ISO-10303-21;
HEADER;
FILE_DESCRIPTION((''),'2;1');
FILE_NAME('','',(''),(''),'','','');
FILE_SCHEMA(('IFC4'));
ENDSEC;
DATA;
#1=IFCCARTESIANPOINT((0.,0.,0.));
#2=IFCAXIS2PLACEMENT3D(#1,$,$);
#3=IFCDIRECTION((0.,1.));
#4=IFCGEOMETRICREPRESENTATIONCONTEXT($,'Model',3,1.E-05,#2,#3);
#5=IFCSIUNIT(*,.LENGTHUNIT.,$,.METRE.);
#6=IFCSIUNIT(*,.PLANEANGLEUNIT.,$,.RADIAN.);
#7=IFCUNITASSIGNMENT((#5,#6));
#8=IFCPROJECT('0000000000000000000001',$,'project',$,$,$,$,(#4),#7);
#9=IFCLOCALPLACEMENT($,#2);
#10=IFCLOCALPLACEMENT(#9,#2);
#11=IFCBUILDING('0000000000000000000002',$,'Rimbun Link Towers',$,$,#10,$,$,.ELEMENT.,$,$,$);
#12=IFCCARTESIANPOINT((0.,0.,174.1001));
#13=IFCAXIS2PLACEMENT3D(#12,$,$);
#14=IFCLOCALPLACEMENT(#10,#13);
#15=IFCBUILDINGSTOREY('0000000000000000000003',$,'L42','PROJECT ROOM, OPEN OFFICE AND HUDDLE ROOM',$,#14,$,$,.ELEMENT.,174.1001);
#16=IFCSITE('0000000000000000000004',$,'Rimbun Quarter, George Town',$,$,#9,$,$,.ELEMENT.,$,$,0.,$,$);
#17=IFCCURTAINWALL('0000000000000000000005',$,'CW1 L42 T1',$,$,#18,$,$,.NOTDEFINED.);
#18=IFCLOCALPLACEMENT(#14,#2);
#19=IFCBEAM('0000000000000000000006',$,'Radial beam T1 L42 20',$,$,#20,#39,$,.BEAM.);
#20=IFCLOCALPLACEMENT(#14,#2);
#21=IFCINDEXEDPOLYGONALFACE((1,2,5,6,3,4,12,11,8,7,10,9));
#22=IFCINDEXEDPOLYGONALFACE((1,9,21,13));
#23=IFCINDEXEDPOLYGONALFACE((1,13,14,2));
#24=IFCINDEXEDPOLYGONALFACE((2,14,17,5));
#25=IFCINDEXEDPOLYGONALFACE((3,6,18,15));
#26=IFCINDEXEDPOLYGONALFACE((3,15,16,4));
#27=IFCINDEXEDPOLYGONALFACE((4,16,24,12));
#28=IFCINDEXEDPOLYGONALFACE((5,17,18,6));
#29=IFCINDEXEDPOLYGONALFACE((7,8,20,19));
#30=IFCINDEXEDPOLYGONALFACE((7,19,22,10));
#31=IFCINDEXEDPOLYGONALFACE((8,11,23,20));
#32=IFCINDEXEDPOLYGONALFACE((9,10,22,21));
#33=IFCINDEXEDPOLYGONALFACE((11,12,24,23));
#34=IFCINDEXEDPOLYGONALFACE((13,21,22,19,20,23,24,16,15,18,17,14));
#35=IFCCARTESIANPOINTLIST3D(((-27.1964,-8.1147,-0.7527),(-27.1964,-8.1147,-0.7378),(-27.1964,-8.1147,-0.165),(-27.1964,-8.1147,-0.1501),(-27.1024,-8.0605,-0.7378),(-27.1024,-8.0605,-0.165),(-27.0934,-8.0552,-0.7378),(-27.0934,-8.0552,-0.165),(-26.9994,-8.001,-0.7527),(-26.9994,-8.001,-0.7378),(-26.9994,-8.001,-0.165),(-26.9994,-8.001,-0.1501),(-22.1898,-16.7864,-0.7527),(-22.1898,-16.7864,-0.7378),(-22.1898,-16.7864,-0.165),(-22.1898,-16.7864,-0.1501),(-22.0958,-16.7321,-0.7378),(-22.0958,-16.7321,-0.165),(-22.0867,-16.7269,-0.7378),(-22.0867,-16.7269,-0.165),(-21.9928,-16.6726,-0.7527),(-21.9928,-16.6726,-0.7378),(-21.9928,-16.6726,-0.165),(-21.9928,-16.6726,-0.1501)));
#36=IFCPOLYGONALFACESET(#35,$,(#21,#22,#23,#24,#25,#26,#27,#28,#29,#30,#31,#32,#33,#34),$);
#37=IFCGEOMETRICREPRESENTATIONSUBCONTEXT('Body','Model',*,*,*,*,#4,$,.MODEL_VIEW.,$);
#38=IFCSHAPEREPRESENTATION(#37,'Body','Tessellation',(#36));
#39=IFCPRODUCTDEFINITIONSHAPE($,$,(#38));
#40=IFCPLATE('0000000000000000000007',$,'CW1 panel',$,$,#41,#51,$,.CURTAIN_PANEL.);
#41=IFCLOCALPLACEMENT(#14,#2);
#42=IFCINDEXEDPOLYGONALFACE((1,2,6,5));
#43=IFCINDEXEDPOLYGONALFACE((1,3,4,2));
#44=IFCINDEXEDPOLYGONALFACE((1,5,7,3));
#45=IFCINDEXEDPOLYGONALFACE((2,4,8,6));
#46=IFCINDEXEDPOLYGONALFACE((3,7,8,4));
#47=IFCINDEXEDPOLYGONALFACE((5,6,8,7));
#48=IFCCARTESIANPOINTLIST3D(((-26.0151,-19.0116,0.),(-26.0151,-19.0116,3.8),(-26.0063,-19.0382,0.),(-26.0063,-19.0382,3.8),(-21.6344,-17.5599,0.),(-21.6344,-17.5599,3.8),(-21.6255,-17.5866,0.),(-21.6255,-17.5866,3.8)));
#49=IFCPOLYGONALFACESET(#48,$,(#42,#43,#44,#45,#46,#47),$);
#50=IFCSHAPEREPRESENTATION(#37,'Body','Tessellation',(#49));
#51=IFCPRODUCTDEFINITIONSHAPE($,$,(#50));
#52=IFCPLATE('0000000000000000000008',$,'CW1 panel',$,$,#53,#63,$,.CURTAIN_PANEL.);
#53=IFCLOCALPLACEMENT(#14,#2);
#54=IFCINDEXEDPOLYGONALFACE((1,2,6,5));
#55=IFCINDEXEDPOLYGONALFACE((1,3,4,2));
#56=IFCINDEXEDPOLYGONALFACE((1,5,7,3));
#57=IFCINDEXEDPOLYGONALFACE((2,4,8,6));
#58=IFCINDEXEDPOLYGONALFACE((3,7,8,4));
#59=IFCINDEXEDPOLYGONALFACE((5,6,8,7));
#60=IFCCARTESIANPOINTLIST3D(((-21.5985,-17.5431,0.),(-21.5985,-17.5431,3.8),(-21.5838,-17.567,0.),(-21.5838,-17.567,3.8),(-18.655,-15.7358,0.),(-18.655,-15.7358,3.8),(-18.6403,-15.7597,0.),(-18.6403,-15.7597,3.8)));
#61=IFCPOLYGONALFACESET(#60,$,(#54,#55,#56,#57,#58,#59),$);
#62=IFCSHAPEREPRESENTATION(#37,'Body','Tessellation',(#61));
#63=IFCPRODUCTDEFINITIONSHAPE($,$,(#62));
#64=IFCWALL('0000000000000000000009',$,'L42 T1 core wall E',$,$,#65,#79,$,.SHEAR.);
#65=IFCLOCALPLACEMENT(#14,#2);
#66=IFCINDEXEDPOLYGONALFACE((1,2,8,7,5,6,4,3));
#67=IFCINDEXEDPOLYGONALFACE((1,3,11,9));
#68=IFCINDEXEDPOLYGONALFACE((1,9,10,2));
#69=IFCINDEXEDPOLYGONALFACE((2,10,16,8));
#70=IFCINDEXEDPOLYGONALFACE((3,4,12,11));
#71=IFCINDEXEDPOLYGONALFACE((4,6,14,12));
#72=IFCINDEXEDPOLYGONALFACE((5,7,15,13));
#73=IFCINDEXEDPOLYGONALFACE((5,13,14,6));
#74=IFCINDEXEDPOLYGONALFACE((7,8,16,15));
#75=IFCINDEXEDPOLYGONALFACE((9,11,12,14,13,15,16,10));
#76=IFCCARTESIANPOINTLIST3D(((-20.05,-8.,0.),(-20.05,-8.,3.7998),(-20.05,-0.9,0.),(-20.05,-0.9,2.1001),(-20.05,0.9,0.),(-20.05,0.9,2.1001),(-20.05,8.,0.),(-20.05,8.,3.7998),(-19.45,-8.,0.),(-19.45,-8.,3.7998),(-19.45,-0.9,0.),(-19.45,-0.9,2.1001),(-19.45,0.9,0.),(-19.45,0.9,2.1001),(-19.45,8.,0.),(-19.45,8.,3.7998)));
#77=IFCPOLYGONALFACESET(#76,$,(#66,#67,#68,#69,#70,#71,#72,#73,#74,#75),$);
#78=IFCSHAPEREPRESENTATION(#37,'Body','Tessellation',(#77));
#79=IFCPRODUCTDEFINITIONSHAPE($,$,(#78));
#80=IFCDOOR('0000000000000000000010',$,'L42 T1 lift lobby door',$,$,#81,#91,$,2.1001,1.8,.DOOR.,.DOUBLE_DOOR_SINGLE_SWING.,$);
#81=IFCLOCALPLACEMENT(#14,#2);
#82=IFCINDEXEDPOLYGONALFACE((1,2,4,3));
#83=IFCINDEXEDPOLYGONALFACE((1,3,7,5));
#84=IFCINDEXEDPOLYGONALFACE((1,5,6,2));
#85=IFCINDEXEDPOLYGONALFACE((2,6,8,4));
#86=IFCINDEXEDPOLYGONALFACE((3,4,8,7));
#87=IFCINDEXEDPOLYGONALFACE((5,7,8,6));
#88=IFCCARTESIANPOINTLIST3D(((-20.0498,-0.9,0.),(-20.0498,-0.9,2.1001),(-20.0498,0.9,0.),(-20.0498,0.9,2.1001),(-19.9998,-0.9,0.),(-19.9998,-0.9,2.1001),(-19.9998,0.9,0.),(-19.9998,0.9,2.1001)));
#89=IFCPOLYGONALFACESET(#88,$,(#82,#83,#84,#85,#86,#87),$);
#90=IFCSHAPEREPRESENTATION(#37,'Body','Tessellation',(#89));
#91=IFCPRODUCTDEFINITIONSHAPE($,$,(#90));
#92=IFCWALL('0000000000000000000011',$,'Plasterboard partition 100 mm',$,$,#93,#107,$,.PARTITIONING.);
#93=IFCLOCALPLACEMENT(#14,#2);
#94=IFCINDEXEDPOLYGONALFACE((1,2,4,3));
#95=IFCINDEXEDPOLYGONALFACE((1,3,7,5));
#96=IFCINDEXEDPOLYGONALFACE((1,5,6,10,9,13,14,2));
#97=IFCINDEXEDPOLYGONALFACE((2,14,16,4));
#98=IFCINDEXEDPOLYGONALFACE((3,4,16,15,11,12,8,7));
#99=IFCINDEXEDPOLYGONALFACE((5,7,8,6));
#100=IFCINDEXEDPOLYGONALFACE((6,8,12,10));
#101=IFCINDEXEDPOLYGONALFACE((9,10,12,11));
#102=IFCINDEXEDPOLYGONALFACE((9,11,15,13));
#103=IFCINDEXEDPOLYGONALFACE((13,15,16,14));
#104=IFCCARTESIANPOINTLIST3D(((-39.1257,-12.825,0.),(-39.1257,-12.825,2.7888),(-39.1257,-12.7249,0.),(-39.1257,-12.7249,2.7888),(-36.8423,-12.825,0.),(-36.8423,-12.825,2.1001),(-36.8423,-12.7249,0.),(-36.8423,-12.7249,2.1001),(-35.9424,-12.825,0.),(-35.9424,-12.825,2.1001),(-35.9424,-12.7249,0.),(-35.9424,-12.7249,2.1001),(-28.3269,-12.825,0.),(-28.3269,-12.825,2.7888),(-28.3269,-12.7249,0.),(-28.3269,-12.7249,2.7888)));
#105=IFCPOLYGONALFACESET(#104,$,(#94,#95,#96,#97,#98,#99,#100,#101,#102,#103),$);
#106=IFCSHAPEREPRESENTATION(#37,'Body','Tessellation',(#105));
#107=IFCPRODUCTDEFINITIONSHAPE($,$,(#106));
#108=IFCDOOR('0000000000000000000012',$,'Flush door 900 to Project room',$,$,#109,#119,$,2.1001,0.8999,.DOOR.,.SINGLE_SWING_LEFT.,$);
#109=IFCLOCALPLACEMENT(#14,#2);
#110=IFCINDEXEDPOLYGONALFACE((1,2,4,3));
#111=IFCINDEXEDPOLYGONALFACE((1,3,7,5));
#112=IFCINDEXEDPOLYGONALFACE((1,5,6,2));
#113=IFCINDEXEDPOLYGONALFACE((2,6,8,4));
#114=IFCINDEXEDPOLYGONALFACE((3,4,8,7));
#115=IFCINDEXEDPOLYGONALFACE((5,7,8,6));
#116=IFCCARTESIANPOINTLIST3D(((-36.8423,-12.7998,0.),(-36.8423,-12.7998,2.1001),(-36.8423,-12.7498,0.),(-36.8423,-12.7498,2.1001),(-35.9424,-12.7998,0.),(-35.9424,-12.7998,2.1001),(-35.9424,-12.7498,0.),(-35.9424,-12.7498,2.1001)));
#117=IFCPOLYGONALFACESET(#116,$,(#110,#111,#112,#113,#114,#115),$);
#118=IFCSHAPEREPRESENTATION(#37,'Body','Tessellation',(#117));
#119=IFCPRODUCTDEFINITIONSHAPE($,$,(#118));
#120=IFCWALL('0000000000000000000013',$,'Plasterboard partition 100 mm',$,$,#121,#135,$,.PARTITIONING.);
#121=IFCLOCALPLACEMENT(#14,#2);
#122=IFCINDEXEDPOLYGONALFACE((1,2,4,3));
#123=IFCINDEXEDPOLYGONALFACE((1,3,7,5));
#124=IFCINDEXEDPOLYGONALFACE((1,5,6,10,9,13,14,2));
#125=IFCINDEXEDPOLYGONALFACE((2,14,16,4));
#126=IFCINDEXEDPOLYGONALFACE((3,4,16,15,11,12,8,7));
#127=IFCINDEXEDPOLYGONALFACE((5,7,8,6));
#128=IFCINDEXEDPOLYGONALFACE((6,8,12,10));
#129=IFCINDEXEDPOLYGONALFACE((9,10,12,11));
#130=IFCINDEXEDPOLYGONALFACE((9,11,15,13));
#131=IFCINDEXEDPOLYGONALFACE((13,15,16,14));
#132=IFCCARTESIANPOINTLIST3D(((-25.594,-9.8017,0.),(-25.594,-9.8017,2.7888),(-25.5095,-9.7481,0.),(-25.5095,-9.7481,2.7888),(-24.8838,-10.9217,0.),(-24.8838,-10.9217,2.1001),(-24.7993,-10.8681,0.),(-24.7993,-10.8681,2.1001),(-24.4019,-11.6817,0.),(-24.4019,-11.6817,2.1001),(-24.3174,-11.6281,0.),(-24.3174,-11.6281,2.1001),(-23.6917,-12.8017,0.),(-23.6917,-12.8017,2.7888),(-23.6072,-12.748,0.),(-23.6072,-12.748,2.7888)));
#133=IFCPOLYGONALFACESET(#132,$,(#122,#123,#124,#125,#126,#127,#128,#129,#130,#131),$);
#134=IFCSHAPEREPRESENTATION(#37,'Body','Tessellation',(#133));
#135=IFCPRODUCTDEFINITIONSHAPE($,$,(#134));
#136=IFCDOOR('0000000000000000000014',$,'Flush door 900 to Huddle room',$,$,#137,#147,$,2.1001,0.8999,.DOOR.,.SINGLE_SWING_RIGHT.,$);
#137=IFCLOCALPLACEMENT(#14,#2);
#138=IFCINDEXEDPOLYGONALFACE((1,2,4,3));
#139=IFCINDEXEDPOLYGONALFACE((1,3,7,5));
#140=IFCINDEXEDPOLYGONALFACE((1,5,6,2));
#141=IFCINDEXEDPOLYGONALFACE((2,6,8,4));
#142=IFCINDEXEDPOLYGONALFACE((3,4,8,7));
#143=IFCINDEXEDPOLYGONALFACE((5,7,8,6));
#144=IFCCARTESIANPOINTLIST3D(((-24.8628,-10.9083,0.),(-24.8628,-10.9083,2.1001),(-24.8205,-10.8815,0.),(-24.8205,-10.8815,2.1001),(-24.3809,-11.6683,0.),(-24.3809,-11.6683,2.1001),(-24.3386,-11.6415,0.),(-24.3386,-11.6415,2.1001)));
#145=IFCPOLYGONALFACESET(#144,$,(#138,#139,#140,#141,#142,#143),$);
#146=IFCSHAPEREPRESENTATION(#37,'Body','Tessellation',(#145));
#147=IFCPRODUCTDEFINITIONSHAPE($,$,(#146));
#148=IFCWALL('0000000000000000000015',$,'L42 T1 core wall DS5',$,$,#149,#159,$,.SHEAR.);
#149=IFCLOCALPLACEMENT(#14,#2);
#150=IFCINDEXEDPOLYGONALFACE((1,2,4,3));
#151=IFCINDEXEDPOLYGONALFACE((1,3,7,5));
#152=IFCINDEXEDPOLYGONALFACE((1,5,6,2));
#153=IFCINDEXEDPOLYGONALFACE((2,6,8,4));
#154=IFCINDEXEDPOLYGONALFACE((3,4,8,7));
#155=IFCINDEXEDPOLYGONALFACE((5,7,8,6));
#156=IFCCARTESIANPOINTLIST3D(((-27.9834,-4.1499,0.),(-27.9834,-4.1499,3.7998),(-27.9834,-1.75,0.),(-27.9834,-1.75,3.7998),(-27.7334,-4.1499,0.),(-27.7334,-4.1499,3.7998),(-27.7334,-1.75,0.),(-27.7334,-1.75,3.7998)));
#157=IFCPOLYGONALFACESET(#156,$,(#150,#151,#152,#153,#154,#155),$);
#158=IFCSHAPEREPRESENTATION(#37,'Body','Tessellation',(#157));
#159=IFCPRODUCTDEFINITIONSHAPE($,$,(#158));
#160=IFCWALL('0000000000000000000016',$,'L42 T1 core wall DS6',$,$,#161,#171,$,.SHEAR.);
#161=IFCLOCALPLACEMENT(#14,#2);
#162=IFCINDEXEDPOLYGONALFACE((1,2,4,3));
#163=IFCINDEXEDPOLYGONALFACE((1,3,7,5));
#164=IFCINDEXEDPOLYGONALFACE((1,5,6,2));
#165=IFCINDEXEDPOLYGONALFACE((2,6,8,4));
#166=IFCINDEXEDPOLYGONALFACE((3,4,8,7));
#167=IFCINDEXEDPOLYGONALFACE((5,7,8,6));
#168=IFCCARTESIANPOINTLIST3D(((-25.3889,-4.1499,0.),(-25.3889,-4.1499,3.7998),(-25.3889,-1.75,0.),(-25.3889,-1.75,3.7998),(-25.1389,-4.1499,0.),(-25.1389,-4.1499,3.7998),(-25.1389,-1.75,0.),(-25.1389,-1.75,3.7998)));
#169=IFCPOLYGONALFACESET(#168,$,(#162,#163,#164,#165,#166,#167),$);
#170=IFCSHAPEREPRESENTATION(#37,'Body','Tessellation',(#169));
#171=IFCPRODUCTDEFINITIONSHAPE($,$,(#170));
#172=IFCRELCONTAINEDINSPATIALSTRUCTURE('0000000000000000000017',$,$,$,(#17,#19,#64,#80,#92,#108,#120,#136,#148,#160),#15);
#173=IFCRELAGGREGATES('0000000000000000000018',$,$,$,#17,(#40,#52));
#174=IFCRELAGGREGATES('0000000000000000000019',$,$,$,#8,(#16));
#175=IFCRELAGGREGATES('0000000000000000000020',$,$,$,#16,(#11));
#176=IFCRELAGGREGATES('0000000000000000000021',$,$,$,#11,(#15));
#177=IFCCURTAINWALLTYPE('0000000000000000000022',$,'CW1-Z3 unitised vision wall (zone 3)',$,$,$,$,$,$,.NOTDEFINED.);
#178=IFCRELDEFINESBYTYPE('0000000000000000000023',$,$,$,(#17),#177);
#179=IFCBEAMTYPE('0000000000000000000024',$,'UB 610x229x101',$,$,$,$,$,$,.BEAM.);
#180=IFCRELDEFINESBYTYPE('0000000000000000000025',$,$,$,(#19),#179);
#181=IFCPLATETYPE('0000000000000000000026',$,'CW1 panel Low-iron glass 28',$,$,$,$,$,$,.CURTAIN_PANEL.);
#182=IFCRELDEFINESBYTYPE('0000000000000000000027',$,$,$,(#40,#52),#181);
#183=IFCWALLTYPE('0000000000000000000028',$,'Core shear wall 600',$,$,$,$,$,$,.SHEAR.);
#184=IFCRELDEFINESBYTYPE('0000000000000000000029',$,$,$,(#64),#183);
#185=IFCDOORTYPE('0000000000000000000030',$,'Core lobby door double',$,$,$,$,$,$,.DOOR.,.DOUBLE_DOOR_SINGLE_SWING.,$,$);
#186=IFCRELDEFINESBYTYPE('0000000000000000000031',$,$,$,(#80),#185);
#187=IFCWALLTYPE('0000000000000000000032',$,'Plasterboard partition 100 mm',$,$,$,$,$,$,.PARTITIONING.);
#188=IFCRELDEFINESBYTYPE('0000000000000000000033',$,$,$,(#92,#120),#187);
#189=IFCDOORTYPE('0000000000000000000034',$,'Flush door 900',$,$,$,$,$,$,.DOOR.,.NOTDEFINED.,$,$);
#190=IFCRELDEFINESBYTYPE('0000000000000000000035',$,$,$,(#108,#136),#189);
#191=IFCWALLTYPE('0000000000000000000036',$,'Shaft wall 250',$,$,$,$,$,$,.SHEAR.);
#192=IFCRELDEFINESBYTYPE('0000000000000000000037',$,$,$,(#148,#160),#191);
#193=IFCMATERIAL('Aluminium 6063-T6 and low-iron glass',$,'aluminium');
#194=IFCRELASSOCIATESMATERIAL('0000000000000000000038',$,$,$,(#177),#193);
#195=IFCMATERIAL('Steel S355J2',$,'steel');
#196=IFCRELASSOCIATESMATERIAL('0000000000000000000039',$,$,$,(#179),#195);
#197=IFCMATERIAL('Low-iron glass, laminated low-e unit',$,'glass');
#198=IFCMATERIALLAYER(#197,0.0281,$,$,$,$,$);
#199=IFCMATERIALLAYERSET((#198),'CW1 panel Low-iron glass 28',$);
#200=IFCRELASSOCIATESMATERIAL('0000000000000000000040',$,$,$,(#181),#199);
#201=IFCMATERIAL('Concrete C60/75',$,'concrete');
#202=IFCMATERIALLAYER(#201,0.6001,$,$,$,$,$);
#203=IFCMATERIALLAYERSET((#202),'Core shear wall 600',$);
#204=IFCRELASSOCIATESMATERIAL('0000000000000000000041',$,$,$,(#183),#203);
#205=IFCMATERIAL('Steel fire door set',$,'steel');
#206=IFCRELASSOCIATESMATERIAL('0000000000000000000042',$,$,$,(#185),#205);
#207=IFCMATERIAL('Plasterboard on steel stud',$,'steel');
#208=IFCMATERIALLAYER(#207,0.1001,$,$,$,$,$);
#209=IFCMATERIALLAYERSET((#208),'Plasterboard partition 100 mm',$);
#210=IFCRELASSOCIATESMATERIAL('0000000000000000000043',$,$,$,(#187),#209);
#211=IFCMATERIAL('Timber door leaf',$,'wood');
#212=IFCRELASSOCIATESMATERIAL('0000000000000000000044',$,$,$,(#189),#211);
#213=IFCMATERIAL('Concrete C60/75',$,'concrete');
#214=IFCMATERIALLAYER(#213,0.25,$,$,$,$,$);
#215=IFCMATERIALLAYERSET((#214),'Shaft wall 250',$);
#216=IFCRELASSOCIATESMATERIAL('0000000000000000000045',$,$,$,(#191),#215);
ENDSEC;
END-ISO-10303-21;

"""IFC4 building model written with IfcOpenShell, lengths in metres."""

from ifc_helpers import new_model, si_unit, direction, frame, frame_2d, origin, origin_2d, place, context, subcontext, project, spatial, rectangle, i_section, extrude, material, layer, layer_set, material_profile, profile_set, type_object, element, fill, aggregate, save


model = new_model("IFC4")

# Units and contexts
model_context = context("Model", 3, precision=1e-05, world=origin(), true_north=direction((0.0, 1.0)))
body_context = subcontext(model_context, "Body", "Model", "MODEL_VIEW")
ifc_project = project(units=[si_unit("LENGTHUNIT", "METRE"), si_unit("PLANEANGLEUNIT", "RADIAN")], contexts=[model_context])

# Site, building, storey
site_placement = place(None, origin())
site = spatial("IfcSite", under=ifc_project, at=site_placement, Name="Rimbun Quarter, George Town", CompositionType="ELEMENT", RefElevation=0.0)
building_placement = place(site_placement, origin())
building = spatial("IfcBuilding", under=site, at=building_placement, Name="Rimbun Link Towers", CompositionType="ELEMENT")
storey_placement = place(building_placement, frame((0.0, 0.0, 174.1001)))
storey = spatial("IfcBuildingStorey", under=building, at=storey_placement, Name="L42", Description="PROJECT ROOM, OPEN OFFICE AND HUDDLE ROOM", CompositionType="ELEMENT", Elevation=174.1001)

# Curtain wall
ifc_material_1 = material(Name="Aluminium 6063-T6 and low-iron glass", Category="aluminium")
curtain_wall_type = type_object("IfcCurtainWallType", Name="CW1-Z3 unitised vision wall (zone 3)", PredefinedType="NOTDEFINED", material=ifc_material_1)
curtain_wall_placement = place(storey_placement, origin())
curtain_wall = element("IfcCurtainWall", 1, at=curtain_wall_placement, inside=storey, type_object=curtain_wall_type, Name="CW1 L42 T1", PredefinedType="NOTDEFINED")

# Beam
ifc_material_2 = material(Name="Steel S355J2", Category="steel")
ifc_material_profile_1 = material_profile(ifc_material_2, i_section(OverallWidth=0.2275, OverallDepth=0.6025, WebThickness=0.0105, FlangeThickness=0.0149, at=origin_2d()), Name="UB 610x229x101")
ifc_profile_set_1 = profile_set([ifc_material_profile_1], Name="Steel S355J2")
beam_type_1 = type_object("IfcBeamType", Name="UB 610x229x101", PredefinedType="BEAM", material=ifc_profile_set_1)
beam_1_placement = place(storey_placement, frame((-27.0979, -8.0579, -0.4514), z_axis=(0.500002, -0.866024, 0.0), x_axis=(0.866024, 0.500002, 0.0)))
element("IfcBeam", 2, at=beam_1_placement, inside=storey, type_object=beam_type_1, Name="Radial beam T1 L42 20", PredefinedType="BEAM", context=body_context, shape_type="SweptSolid", body=[
    extrude(i_section(OverallWidth=0.2275, OverallDepth=0.6025, WebThickness=0.0105, FlangeThickness=0.0149, at=origin_2d()), origin(), (0.0, 0.0, 1.0), 10.0132),
])

# Plates
ifc_material_3 = material(Name="Low-iron glass, laminated low-e unit", Category="glass")
ifc_layer_1 = layer(ifc_material_3, 0.0281)
ifc_layer_set_1 = layer_set([ifc_layer_1], Name="CW1 panel Low-iron glass 28")
plate_type = type_object("IfcPlateType", Name="CW1 panel Low-iron glass 28", PredefinedType="CURTAIN_PANEL", material=ifc_layer_set_1)
plate_1_placement = place(storey_placement, frame((-23.8203, -18.2991, 0.0), z_axis=(0.0, 0.0, 1.0), x_axis=(-0.949237, -0.31456, 0.0)))
plate_1 = element("IfcPlate", 3, at=plate_1_placement, type_object=plate_type, Name="CW1 panel", PredefinedType="CURTAIN_PANEL", context=body_context, shape_type="SweptSolid", body=[
    extrude(rectangle(XDim=4.615, YDim=0.0281, at=origin_2d()), origin(), (0.0, 0.0, 1.0), 3.8),
])
plate_2_placement = place(storey_placement, frame((-20.1194, -16.6514, 0.0), z_axis=(0.0, 0.0, 1.0), x_axis=(-0.852191, -0.523231, 0.0)))
plate_2 = element("IfcPlate", 4, at=plate_2_placement, type_object=plate_type, Name="CW1 panel", PredefinedType="CURTAIN_PANEL", context=body_context, shape_type="SweptSolid", body=[
    extrude(rectangle(XDim=3.4541, YDim=0.0281, at=origin_2d()), origin(), (0.0, 0.0, 1.0), 3.8),
])
aggregate(curtain_wall, [plate_1, plate_2])

# Walls, openings, doors
ifc_material_4 = material(Name="Concrete C60/75", Category="concrete")
ifc_layer_2 = layer(ifc_material_4, 0.6001)
ifc_layer_set_2 = layer_set([ifc_layer_2], Name="Core shear wall 600")
wall_type_1 = type_object("IfcWallType", Name="Core shear wall 600", PredefinedType="SHEAR", material=ifc_layer_set_2)
wall_1_placement = place(storey_placement, frame((-19.75, -8.0, 0.0), z_axis=(0.0, 0.0, 1.0), x_axis=(0.0, 1.0, 0.0)))
wall_1 = element("IfcWall", 5, at=wall_1_placement, inside=storey, type_object=wall_type_1, Name="L42 T1 core wall E", PredefinedType="SHEAR", context=body_context, shape_type="SweptSolid", body=[
    extrude(rectangle(XDim=16.0, YDim=0.6001, at=frame_2d((8.0, 0.0))), origin(), (0.0, 0.0, 1.0), 3.7998),
])
opening_1_placement = place(wall_1_placement, frame((7.1001, 0.0, 0.0)))
opening_1 = element("IfcOpeningElement", 6, at=opening_1_placement, cuts=wall_1, PredefinedType="OPENING", context=body_context, shape_type="SweptSolid", body=[
    extrude(rectangle(XDim=1.8, YDim=2.1001, at=frame_2d((0.8999, 1.05))), frame((0.0, 0.3101, 0.0), z_axis=(0.0, -1.0, 0.0), x_axis=(1.0, 0.0, 0.0)), (0.0, 0.0, 1.0), 0.6201),
])
ifc_material_5 = material(Name="Steel fire door set", Category="steel")
door_type_1 = type_object("IfcDoorType", Name="Core lobby door double", OperationType="DOUBLE_DOOR_SINGLE_SWING", PredefinedType="DOOR", material=ifc_material_5)
door_1_placement = place(opening_1_placement, origin())
door_1 = element("IfcDoor", 7, at=door_1_placement, inside=storey, type_object=door_type_1, Name="L42 T1 lift lobby door", OperationType="DOUBLE_DOOR_SINGLE_SWING", OverallHeight=2.1001, OverallWidth=1.8, PredefinedType="DOOR", context=body_context, shape_type="SweptSolid", body=[
    extrude(rectangle(XDim=1.8, YDim=2.1001, at=frame_2d((0.8999, 1.05))), frame((0.0, 0.2998, 0.0), z_axis=(0.0, -1.0, 0.0), x_axis=(1.0, 0.0, 0.0)), (0.0, 0.0, 1.0), 0.05),
])
fill(opening_1, door_1)
ifc_material_6 = material(Name="Plasterboard on steel stud", Category="steel")
ifc_layer_3 = layer(ifc_material_6, 0.1001)
ifc_layer_set_3 = layer_set([ifc_layer_3], Name="Plasterboard partition 100 mm")
wall_type_2 = type_object("IfcWallType", Name="Plasterboard partition 100 mm", PredefinedType="PARTITIONING", material=ifc_layer_set_3)
wall_2_placement = place(storey_placement, frame((-28.3269, -12.7749, 0.0), z_axis=(0.0, 0.0, 1.0), x_axis=(-1.0, 0.0, 0.0)))
wall_2 = element("IfcWall", 8, at=wall_2_placement, inside=storey, type_object=wall_type_2, Name="Plasterboard partition 100 mm", PredefinedType="PARTITIONING", context=body_context, shape_type="SweptSolid", body=[
    extrude(rectangle(XDim=10.7988, YDim=0.1001, at=frame_2d((5.3994, 0.0))), origin(), (0.0, 0.0, 1.0), 2.7888),
])
opening_2_placement = place(wall_2_placement, frame((7.6155, 0.0, 0.0)))
opening_2 = element("IfcOpeningElement", 9, at=opening_2_placement, cuts=wall_2, PredefinedType="OPENING", context=body_context, shape_type="SweptSolid", body=[
    extrude(rectangle(XDim=0.8999, YDim=2.1001, at=frame_2d((0.45, 1.05))), frame((0.0, 0.0601, 0.0), z_axis=(0.0, -1.0, 0.0), x_axis=(1.0, 0.0, 0.0)), (0.0, 0.0, 1.0), 0.1201),
])
ifc_material_7 = material(Name="Timber door leaf", Category="wood")
door_type_2 = type_object("IfcDoorType", Name="Flush door 900", OperationType="NOTDEFINED", PredefinedType="DOOR", material=ifc_material_7)
door_2_placement = place(opening_2_placement, origin())
door_2 = element("IfcDoor", 10, at=door_2_placement, inside=storey, type_object=door_type_2, Name="Flush door 900 to Project room", OperationType="SINGLE_SWING_LEFT", OverallHeight=2.1001, OverallWidth=0.8999, PredefinedType="DOOR", context=body_context, shape_type="SweptSolid", body=[
    extrude(rectangle(XDim=0.8999, YDim=2.1001, at=frame_2d((0.45, 1.05))), frame((0.0, 0.0249, 0.0), z_axis=(0.0, -1.0, 0.0), x_axis=(1.0, 0.0, 0.0)), (0.0, 0.0, 1.0), 0.05),
])
fill(opening_2, door_2)
wall_3_placement = place(storey_placement, frame((-25.5518, -9.7749, 0.0), z_axis=(0.0, 0.0, 1.0), x_axis=(0.535523, -0.844521, 0.0)))
wall_3 = element("IfcWall", 11, at=wall_3_placement, inside=storey, type_object=wall_type_2, Name="Plasterboard partition 100 mm", PredefinedType="PARTITIONING", context=body_context, shape_type="SweptSolid", body=[
    extrude(rectangle(XDim=3.5522, YDim=0.1001, at=frame_2d((1.7761, 0.0))), origin(), (0.0, 0.0, 1.0), 2.7888),
])
opening_3_placement = place(wall_3_placement, frame((1.3262, 0.0, 0.0)))
opening_3 = element("IfcOpeningElement", 12, at=opening_3_placement, cuts=wall_3, PredefinedType="OPENING", context=body_context, shape_type="SweptSolid", body=[
    extrude(rectangle(XDim=0.8999, YDim=2.1001, at=frame_2d((0.45, 1.05))), frame((0.0, 0.0601, 0.0), z_axis=(0.0, -1.0, 0.0), x_axis=(1.0, 0.0, 0.0)), (0.0, 0.0, 1.0), 0.1201),
])
door_3_placement = place(opening_3_placement, origin())
door_3 = element("IfcDoor", 13, at=door_3_placement, inside=storey, type_object=door_type_2, Name="Flush door 900 to Huddle room", OperationType="SINGLE_SWING_RIGHT", OverallHeight=2.1001, OverallWidth=0.8999, PredefinedType="DOOR", context=body_context, shape_type="SweptSolid", body=[
    extrude(rectangle(XDim=0.8999, YDim=2.1001, at=frame_2d((0.45, 1.05))), frame((0.0, 0.0249, 0.0), z_axis=(0.0, -1.0, 0.0), x_axis=(1.0, 0.0, 0.0)), (0.0, 0.0, 1.0), 0.05),
])
fill(opening_3, door_3)

# Walls
ifc_material_8 = material(Name="Concrete C60/75", Category="concrete")
ifc_layer_4 = layer(ifc_material_8, 0.25)
ifc_layer_set_4 = layer_set([ifc_layer_4], Name="Shaft wall 250")
wall_type_3 = type_object("IfcWallType", Name="Shaft wall 250", PredefinedType="SHEAR", material=ifc_layer_set_4)
for number, where, z_axis, x_axis, name in (
    (14, (-27.8584, -4.1499, 0.0), (0.0, 0.0, 1.0), (0.0, 1.0, 0.0), "L42 T1 core wall DS5"),
    (15, (-25.2639, -4.1499, 0.0), (0.0, 0.0, 1.0), (0.0, 1.0, 0.0), "L42 T1 core wall DS6"),
):
    element("IfcWall", number, at=place(storey_placement, frame(where, z_axis=z_axis, x_axis=x_axis)), inside=storey, type_object=wall_type_3, Name=name, PredefinedType="SHEAR", context=body_context, shape_type="SweptSolid", body=[
        extrude(rectangle(XDim=2.3999, YDim=0.25, at=frame_2d((1.2, 0.0))), origin(), (0.0, 0.0, 1.0), 3.7998),
    ])

save(model, "model.ifc")
